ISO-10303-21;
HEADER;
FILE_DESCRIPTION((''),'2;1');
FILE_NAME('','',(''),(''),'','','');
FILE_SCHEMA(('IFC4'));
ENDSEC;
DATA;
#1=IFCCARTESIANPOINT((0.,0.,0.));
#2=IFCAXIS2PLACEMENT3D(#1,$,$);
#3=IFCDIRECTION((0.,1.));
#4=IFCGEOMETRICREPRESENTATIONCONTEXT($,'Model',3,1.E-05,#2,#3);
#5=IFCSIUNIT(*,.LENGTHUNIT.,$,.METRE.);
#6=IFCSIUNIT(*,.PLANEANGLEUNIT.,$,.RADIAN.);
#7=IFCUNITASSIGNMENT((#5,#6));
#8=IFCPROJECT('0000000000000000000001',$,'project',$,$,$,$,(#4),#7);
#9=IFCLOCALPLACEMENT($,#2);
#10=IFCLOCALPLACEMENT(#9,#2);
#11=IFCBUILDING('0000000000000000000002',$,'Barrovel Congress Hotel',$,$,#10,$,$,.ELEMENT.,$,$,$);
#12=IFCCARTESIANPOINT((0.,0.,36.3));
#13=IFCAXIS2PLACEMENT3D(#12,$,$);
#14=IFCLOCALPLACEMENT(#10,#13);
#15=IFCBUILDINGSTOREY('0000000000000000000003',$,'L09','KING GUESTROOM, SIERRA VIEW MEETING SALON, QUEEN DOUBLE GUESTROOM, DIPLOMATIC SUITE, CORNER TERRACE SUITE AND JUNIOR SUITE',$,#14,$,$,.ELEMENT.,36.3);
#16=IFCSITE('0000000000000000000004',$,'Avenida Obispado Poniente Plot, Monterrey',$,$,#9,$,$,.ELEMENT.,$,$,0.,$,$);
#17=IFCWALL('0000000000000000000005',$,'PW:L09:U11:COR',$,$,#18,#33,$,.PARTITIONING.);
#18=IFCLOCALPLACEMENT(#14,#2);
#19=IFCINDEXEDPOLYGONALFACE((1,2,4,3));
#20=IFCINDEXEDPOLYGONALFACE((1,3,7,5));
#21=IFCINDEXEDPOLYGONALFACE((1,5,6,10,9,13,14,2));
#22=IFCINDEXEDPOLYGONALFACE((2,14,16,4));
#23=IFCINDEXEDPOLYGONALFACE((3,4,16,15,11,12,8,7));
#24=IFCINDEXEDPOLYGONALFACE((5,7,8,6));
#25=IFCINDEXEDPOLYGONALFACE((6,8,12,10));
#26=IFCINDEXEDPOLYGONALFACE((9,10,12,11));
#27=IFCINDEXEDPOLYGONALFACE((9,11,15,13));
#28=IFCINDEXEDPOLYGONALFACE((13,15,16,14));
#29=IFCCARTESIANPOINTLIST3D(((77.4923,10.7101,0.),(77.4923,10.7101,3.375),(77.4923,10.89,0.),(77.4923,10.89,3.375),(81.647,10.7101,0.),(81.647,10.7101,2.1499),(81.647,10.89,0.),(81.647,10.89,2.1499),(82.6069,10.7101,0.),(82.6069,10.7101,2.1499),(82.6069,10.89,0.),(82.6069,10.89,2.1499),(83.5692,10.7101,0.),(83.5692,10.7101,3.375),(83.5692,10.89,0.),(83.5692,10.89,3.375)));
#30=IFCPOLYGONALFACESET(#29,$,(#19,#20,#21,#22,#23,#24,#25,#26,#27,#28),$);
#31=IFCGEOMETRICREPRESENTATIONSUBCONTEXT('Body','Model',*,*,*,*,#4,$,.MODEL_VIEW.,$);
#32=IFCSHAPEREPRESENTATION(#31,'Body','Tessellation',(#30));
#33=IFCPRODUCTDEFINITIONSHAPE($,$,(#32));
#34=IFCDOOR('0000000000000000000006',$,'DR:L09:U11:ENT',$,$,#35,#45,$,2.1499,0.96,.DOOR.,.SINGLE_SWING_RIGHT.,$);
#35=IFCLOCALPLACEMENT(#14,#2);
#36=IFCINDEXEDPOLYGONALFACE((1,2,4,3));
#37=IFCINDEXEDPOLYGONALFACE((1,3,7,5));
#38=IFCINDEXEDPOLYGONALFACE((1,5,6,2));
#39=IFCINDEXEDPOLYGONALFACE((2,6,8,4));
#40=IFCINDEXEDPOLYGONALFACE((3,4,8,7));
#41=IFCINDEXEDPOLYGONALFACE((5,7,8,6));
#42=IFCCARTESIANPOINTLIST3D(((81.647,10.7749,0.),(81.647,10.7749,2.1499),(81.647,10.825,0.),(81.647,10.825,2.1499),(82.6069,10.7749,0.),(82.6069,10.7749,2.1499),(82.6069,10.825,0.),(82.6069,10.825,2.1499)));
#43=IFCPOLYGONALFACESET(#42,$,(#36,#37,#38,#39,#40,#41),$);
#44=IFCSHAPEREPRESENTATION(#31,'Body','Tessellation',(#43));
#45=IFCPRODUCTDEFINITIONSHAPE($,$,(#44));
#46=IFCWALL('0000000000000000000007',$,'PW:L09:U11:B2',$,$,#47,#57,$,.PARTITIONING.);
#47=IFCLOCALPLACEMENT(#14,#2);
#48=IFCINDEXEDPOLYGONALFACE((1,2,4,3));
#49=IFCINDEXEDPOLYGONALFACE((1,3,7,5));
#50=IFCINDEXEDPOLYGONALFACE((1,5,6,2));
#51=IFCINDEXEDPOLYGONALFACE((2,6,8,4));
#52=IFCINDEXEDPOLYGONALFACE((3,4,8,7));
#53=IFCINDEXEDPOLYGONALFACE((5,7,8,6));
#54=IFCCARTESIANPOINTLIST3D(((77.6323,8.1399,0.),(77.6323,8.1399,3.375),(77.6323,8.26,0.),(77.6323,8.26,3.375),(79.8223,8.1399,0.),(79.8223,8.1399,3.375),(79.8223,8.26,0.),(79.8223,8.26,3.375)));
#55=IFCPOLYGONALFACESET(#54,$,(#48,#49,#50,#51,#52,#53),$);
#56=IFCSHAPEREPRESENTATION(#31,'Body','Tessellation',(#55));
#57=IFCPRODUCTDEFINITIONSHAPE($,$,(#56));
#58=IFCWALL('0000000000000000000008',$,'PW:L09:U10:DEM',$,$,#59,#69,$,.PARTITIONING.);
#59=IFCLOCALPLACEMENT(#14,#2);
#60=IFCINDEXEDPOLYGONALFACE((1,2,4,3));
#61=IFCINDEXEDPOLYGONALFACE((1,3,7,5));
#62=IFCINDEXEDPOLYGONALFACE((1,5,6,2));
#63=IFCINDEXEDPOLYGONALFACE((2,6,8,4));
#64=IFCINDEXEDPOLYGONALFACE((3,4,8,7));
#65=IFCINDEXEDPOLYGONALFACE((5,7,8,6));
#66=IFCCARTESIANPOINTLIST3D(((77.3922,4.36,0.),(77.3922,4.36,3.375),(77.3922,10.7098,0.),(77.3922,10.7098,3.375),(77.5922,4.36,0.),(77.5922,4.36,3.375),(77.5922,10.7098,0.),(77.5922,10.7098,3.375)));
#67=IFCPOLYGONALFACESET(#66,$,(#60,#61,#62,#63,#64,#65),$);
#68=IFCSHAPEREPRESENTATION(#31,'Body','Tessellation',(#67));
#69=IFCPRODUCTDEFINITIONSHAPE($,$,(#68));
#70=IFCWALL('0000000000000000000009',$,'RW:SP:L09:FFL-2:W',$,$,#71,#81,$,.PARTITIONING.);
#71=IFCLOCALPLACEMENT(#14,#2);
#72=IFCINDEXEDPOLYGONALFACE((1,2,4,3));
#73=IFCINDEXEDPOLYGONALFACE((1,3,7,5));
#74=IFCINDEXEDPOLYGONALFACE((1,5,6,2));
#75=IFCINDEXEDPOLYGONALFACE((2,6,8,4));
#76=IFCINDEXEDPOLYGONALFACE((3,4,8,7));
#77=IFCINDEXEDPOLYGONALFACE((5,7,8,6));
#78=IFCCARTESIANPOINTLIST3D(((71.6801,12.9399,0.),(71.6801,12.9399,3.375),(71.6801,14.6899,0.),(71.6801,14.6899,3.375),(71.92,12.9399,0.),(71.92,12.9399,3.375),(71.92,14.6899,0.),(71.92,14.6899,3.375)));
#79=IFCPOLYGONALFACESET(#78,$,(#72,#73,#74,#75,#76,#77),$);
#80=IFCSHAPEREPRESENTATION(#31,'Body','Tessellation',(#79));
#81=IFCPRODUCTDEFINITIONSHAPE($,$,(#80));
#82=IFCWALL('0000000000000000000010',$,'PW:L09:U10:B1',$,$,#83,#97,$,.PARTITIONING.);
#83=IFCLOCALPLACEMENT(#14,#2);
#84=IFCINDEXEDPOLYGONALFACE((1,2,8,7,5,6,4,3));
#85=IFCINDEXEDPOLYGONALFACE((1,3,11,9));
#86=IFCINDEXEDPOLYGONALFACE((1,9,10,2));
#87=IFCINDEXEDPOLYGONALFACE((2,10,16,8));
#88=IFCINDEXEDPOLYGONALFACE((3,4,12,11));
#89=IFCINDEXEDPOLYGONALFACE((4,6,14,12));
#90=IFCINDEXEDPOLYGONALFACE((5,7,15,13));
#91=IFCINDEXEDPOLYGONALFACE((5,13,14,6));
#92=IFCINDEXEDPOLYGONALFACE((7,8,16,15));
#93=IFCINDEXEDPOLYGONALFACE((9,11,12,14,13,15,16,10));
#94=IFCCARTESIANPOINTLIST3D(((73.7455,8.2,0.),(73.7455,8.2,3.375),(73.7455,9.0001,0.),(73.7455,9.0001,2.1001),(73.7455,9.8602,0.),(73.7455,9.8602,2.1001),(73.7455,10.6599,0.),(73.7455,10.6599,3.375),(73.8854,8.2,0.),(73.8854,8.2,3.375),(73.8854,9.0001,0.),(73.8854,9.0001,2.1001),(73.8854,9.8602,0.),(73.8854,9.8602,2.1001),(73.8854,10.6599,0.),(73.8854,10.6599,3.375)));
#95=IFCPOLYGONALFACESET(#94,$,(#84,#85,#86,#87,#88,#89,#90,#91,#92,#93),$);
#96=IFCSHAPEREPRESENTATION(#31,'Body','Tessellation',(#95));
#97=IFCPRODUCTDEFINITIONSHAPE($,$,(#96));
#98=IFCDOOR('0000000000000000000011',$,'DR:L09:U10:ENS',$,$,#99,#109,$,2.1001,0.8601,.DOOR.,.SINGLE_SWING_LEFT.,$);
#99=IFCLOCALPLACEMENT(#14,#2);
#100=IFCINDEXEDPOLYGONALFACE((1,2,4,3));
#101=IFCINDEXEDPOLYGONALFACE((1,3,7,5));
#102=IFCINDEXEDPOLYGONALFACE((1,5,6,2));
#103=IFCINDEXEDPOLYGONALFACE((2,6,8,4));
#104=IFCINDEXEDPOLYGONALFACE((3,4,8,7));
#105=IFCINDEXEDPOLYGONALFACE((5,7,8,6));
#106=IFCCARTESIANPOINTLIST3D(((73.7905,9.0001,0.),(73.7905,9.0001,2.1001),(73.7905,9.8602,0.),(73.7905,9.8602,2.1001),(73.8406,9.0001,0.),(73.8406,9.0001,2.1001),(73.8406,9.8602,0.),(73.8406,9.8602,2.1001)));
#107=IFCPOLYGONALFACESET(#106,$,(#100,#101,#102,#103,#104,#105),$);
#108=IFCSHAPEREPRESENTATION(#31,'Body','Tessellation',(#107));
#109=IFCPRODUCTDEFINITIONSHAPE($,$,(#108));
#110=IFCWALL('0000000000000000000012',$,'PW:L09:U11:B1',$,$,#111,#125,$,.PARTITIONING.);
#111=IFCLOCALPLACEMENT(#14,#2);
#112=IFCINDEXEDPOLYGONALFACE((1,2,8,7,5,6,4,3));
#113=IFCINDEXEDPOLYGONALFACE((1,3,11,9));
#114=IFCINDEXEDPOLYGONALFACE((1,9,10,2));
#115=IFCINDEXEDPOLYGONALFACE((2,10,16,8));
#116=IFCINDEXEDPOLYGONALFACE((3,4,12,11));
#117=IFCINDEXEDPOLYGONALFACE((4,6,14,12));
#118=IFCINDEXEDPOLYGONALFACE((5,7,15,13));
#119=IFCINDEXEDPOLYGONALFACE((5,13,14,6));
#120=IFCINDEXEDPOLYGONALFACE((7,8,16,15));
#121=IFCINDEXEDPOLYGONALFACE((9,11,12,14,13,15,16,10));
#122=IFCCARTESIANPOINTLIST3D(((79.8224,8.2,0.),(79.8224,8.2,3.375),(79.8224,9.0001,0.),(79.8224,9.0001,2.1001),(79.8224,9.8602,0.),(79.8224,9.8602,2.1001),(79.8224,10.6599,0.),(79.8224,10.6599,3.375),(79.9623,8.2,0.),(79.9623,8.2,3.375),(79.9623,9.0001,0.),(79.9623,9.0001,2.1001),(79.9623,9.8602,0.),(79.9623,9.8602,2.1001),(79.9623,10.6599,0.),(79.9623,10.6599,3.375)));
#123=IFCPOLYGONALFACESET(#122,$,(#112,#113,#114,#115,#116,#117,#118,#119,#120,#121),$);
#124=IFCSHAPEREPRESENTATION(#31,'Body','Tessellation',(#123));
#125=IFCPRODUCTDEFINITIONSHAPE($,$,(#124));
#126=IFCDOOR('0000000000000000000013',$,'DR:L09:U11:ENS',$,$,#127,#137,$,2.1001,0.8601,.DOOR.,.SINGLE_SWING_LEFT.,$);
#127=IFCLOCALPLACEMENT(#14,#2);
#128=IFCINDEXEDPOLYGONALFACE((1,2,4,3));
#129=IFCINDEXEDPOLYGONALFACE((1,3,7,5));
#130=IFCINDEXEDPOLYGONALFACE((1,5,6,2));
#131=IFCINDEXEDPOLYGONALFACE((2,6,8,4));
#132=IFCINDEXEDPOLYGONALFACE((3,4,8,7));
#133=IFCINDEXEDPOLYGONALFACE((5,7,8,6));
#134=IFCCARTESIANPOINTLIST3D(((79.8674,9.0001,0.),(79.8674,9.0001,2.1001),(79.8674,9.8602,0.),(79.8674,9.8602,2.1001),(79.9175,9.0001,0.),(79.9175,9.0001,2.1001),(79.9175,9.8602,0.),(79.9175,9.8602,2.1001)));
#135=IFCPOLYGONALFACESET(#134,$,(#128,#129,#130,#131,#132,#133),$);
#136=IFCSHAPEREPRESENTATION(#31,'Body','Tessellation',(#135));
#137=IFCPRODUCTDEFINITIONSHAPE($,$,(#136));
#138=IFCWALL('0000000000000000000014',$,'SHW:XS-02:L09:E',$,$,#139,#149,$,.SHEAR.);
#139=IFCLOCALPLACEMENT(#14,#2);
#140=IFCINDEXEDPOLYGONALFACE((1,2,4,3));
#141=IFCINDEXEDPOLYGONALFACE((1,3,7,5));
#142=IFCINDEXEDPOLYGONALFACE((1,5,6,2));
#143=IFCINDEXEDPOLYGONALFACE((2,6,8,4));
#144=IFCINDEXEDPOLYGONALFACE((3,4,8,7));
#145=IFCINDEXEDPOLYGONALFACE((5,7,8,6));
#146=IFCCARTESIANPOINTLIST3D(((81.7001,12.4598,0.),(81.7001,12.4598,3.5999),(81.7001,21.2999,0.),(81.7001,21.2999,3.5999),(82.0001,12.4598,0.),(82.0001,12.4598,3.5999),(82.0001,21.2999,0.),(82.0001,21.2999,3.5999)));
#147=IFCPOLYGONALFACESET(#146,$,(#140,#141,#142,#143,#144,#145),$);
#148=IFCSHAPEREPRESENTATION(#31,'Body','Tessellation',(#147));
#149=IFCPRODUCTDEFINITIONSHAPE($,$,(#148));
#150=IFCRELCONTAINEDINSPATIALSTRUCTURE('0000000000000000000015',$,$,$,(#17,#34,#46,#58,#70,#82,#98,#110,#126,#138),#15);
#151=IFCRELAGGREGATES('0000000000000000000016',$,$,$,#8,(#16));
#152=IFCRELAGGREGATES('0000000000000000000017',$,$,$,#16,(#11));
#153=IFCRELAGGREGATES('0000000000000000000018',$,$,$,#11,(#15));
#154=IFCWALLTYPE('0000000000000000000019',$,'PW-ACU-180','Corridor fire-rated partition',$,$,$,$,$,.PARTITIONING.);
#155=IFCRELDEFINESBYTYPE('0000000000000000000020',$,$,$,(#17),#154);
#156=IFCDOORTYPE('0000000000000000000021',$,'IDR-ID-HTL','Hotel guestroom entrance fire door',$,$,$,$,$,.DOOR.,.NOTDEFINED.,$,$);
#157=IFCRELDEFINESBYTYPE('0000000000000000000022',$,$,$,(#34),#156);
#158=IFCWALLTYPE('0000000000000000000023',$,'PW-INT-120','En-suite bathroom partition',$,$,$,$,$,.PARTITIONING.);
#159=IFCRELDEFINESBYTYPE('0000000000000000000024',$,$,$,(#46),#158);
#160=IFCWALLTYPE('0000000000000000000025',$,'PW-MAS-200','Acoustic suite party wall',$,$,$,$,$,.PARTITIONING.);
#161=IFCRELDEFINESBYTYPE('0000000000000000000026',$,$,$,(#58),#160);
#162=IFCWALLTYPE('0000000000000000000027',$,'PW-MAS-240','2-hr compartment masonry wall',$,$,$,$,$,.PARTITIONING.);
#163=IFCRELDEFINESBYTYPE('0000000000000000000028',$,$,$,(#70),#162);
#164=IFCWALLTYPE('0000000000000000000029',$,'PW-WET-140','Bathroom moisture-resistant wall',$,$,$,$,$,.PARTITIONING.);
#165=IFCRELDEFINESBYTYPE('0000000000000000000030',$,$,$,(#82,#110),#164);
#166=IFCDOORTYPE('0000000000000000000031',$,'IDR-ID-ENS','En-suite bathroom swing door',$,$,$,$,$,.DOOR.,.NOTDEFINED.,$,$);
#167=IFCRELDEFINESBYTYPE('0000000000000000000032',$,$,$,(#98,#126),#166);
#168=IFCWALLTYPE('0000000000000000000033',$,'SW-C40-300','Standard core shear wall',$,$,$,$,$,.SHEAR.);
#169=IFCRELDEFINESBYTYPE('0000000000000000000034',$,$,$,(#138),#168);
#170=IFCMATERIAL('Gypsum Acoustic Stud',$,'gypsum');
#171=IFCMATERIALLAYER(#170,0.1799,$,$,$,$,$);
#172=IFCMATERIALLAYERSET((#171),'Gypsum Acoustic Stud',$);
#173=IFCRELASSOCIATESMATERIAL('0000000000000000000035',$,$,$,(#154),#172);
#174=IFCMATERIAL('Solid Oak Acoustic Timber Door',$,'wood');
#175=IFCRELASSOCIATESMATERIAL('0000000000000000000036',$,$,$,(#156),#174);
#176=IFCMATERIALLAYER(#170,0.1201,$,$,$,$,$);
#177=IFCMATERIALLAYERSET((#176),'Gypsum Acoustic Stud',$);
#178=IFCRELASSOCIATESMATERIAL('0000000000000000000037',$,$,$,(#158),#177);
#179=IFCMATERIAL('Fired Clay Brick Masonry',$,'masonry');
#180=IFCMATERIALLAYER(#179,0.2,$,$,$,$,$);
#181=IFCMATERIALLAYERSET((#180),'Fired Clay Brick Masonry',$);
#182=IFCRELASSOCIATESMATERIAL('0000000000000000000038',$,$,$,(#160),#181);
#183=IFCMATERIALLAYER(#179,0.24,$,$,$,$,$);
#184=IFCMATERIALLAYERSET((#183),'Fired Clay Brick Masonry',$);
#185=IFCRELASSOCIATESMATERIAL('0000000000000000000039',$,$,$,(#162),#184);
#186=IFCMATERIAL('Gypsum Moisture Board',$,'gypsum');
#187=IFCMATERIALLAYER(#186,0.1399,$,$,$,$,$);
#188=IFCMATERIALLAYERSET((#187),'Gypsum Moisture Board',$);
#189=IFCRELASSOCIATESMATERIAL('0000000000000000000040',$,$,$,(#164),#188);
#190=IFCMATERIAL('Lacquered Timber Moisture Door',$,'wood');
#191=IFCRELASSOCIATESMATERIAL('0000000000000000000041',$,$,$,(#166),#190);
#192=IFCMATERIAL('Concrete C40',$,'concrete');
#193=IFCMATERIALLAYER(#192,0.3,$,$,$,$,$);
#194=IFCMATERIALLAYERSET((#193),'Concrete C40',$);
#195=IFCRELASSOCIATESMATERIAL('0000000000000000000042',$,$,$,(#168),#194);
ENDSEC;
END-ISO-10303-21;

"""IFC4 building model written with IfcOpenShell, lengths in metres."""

from ifc_helpers import new_model, si_unit, direction, frame, frame_2d, origin, place, context, subcontext, project, spatial, rectangle, extrude, material, layer, layer_set, type_object, element, fill, save


model = new_model("IFC4")

# Units and contexts
model_context = context("Model", 3, precision=1e-05, world=origin(), true_north=direction((0.0, 1.0)))
body_context = subcontext(model_context, "Body", "Model", "MODEL_VIEW")
ifc_project = project(units=[si_unit("LENGTHUNIT", "METRE"), si_unit("PLANEANGLEUNIT", "RADIAN")], contexts=[model_context])

# Site, building, storey
site_placement = place(None, origin())
site = spatial("IfcSite", under=ifc_project, at=site_placement, Name="Avenida Obispado Poniente Plot, Monterrey", CompositionType="ELEMENT", RefElevation=0.0)
building_placement = place(site_placement, origin())
building = spatial("IfcBuilding", under=site, at=building_placement, Name="Barrovel Congress Hotel", CompositionType="ELEMENT")
storey_placement = place(building_placement, frame((0.0, 0.0, 36.3)))
storey = spatial("IfcBuildingStorey", under=building, at=storey_placement, Name="L09", Description="KING GUESTROOM, SIERRA VIEW MEETING SALON, QUEEN DOUBLE GUESTROOM, DIPLOMATIC SUITE, CORNER TERRACE SUITE AND JUNIOR SUITE", CompositionType="ELEMENT", Elevation=36.3)

# Shared definitions
ifc_material_1 = material(Name="Concrete C40", Category="concrete")

# Shared definitions
ifc_material_2 = material(Name="Fired Clay Brick Masonry", Category="masonry")

# Wall, opening, door
ifc_material_3 = material(Name="Gypsum Acoustic Stud", Category="gypsum")
ifc_layer_1 = layer(ifc_material_3, 0.1799)
ifc_layer_set_1 = layer_set([ifc_layer_1], Name="Gypsum Acoustic Stud")
wall_type_1 = type_object("IfcWallType", Name="PW-ACU-180", Description="Corridor fire-rated partition", PredefinedType="PARTITIONING", material=ifc_layer_set_1)
wall_1_placement = place(storey_placement, frame((77.4922, 10.8, 0.0), z_axis=(0.0, 0.0, 1.0), x_axis=(1.0, 0.0, 0.0)))
wall_1 = element("IfcWall", 1, at=wall_1_placement, inside=storey, type_object=wall_type_1, Name="PW:L09:U11:COR", PredefinedType="PARTITIONING", context=body_context, shape_type="SweptSolid", body=[
    extrude(rectangle(XDim=6.0769, YDim=0.1799, at=frame_2d((3.0386, 0.0))), origin(), (0.0, 0.0, 1.0), 3.375),
])
opening_1_placement = place(wall_1_placement, frame((4.1548, 0.0, 0.0)))
opening_1 = element("IfcOpeningElement", 2, at=opening_1_placement, cuts=wall_1, PredefinedType="OPENING", context=body_context, shape_type="SweptSolid", body=[
    extrude(rectangle(XDim=0.96, YDim=2.1499, at=frame_2d((0.48, 1.075))), frame((0.0, 0.1001, 0.0), z_axis=(0.0, -1.0, 0.0), x_axis=(1.0, 0.0, 0.0)), (0.0, 0.0, 1.0), 0.2),
])
ifc_material_4 = material(Name="Solid Oak Acoustic Timber Door", Category="wood")
door_type_1 = type_object("IfcDoorType", Name="IDR-ID-HTL", Description="Hotel guestroom entrance fire door", OperationType="NOTDEFINED", PredefinedType="DOOR", material=ifc_material_4)
door_1_placement = place(opening_1_placement, origin())
door_1 = element("IfcDoor", 3, at=door_1_placement, inside=storey, type_object=door_type_1, Name="DR:L09:U11:ENT", OperationType="SINGLE_SWING_RIGHT", OverallHeight=2.1499, OverallWidth=0.96, PredefinedType="DOOR", context=body_context, shape_type="SweptSolid", body=[
    extrude(rectangle(XDim=0.96, YDim=2.1499, at=frame_2d((0.48, 1.075))), frame((0.0, 0.0249, 0.0), z_axis=(0.0, -1.0, 0.0), x_axis=(1.0, 0.0, 0.0)), (0.0, 0.0, 1.0), 0.05),
])
fill(opening_1, door_1)

# Walls
ifc_layer_2 = layer(ifc_material_3, 0.1201)
ifc_layer_set_2 = layer_set([ifc_layer_2], Name="Gypsum Acoustic Stud")
wall_type_2 = type_object("IfcWallType", Name="PW-INT-120", Description="En-suite bathroom partition", PredefinedType="PARTITIONING", material=ifc_layer_set_2)
wall_2_placement = place(storey_placement, frame((77.6323, 8.2, 0.0), z_axis=(0.0, 0.0, 1.0), x_axis=(1.0, 0.0, 0.0)))
element("IfcWall", 4, at=wall_2_placement, inside=storey, type_object=wall_type_2, Name="PW:L09:U11:B2", PredefinedType="PARTITIONING", context=body_context, shape_type="SweptSolid", body=[
    extrude(rectangle(XDim=2.1899, YDim=0.1201, at=frame_2d((1.095, 0.0))), origin(), (0.0, 0.0, 1.0), 3.375),
])
ifc_layer_3 = layer(ifc_material_2, 0.2)
ifc_layer_set_3 = layer_set([ifc_layer_3], Name="Fired Clay Brick Masonry")
wall_type_3 = type_object("IfcWallType", Name="PW-MAS-200", Description="Acoustic suite party wall", PredefinedType="PARTITIONING", material=ifc_layer_set_3)
wall_3_placement = place(storey_placement, frame((77.4922, 4.3601, 0.0), z_axis=(0.0, 0.0, 1.0), x_axis=(0.0, 1.0, 0.0)))
element("IfcWall", 5, at=wall_3_placement, inside=storey, type_object=wall_type_3, Name="PW:L09:U10:DEM", PredefinedType="PARTITIONING", context=body_context, shape_type="SweptSolid", body=[
    extrude(rectangle(XDim=6.3499, YDim=0.2, at=frame_2d((3.1748, 0.0))), origin(), (0.0, 0.0, 1.0), 3.375),
])

# Shared definitions
ifc_layer_4 = layer(ifc_material_2, 0.24)
ifc_layer_set_4 = layer_set([ifc_layer_4], Name="Fired Clay Brick Masonry")
wall_type_4 = type_object("IfcWallType", Name="PW-MAS-240", Description="2-hr compartment masonry wall", PredefinedType="PARTITIONING", material=ifc_layer_set_4)

# Wall
wall_4_placement = place(storey_placement, frame((71.8, 12.9399, 0.0), z_axis=(0.0, 0.0, 1.0), x_axis=(0.0, 1.0, 0.0)))
element("IfcWall", 6, at=wall_4_placement, inside=storey, type_object=wall_type_4, Name="RW:SP:L09:FFL-2:W", PredefinedType="PARTITIONING", context=body_context, shape_type="SweptSolid", body=[
    extrude(rectangle(XDim=1.75, YDim=0.24, at=frame_2d((0.875, 0.0))), origin(), (0.0, 0.0, 1.0), 3.375),
])

# Walls, openings, doors
ifc_material_5 = material(Name="Gypsum Moisture Board", Category="gypsum")
ifc_layer_5 = layer(ifc_material_5, 0.1399)
ifc_layer_set_5 = layer_set([ifc_layer_5], Name="Gypsum Moisture Board")
wall_type_5 = type_object("IfcWallType", Name="PW-WET-140", Description="Bathroom moisture-resistant wall", PredefinedType="PARTITIONING", material=ifc_layer_set_5)
wall_5_placement = place(storey_placement, frame((73.8154, 8.2, 0.0), z_axis=(0.0, 0.0, 1.0), x_axis=(0.0, 1.0, 0.0)))
wall_5 = element("IfcWall", 7, at=wall_5_placement, inside=storey, type_object=wall_type_5, Name="PW:L09:U10:B1", PredefinedType="PARTITIONING", context=body_context, shape_type="SweptSolid", body=[
    extrude(rectangle(XDim=2.46, YDim=0.1399, at=frame_2d((1.23, 0.0))), origin(), (0.0, 0.0, 1.0), 3.375),
])
opening_2_placement = place(wall_5_placement, frame((0.8, 0.0, 0.0)))
opening_2 = element("IfcOpeningElement", 8, at=opening_2_placement, cuts=wall_5, PredefinedType="OPENING", context=body_context, shape_type="SweptSolid", body=[
    extrude(rectangle(XDim=0.8601, YDim=2.1001, at=frame_2d((0.4302, 1.05))), frame((0.0, 0.0801, 0.0), z_axis=(0.0, -1.0, 0.0), x_axis=(1.0, 0.0, 0.0)), (0.0, 0.0, 1.0), 0.1599),
])
ifc_material_6 = material(Name="Lacquered Timber Moisture Door", Category="wood")
door_type_2 = type_object("IfcDoorType", Name="IDR-ID-ENS", Description="En-suite bathroom swing door", OperationType="NOTDEFINED", PredefinedType="DOOR", material=ifc_material_6)
door_2_placement = place(opening_2_placement, origin())
door_2 = element("IfcDoor", 9, at=door_2_placement, inside=storey, type_object=door_type_2, Name="DR:L09:U10:ENS", OperationType="SINGLE_SWING_LEFT", OverallHeight=2.1001, OverallWidth=0.8601, PredefinedType="DOOR", context=body_context, shape_type="SweptSolid", body=[
    extrude(rectangle(XDim=0.8601, YDim=2.1001, at=frame_2d((0.4302, 1.05))), frame((0.0, 0.0249, 0.0), z_axis=(0.0, -1.0, 0.0), x_axis=(1.0, 0.0, 0.0)), (0.0, 0.0, 1.0), 0.05),
])
fill(opening_2, door_2)
wall_6_placement = place(storey_placement, frame((79.8923, 8.2, 0.0), z_axis=(0.0, 0.0, 1.0), x_axis=(0.0, 1.0, 0.0)))
wall_6 = element("IfcWall", 10, at=wall_6_placement, inside=storey, type_object=wall_type_5, Name="PW:L09:U11:B1", PredefinedType="PARTITIONING", context=body_context, shape_type="SweptSolid", body=[
    extrude(rectangle(XDim=2.46, YDim=0.1399, at=frame_2d((1.23, 0.0))), origin(), (0.0, 0.0, 1.0), 3.375),
])
opening_3_placement = place(wall_6_placement, frame((0.8, 0.0, 0.0)))
opening_3 = element("IfcOpeningElement", 11, at=opening_3_placement, cuts=wall_6, PredefinedType="OPENING", context=body_context, shape_type="SweptSolid", body=[
    extrude(rectangle(XDim=0.8601, YDim=2.1001, at=frame_2d((0.4302, 1.05))), frame((0.0, 0.0801, 0.0), z_axis=(0.0, -1.0, 0.0), x_axis=(1.0, 0.0, 0.0)), (0.0, 0.0, 1.0), 0.1599),
])
door_3_placement = place(opening_3_placement, origin())
door_3 = element("IfcDoor", 12, at=door_3_placement, inside=storey, type_object=door_type_2, Name="DR:L09:U11:ENS", OperationType="SINGLE_SWING_LEFT", OverallHeight=2.1001, OverallWidth=0.8601, PredefinedType="DOOR", context=body_context, shape_type="SweptSolid", body=[
    extrude(rectangle(XDim=0.8601, YDim=2.1001, at=frame_2d((0.4302, 1.05))), frame((0.0, 0.0249, 0.0), z_axis=(0.0, -1.0, 0.0), x_axis=(1.0, 0.0, 0.0)), (0.0, 0.0, 1.0), 0.05),
])
fill(opening_3, door_3)
ifc_layer_6 = layer(ifc_material_1, 0.3)
ifc_layer_set_6 = layer_set([ifc_layer_6], Name="Concrete C40")
wall_type_6 = type_object("IfcWallType", Name="SW-C40-300", Description="Standard core shear wall", PredefinedType="SHEAR", material=ifc_layer_set_6)

# Wall
wall_7_placement = place(storey_placement, frame((81.8501, 12.46, 0.0), z_axis=(0.0, 0.0, 1.0), x_axis=(0.0, 1.0, 0.0)))
element("IfcWall", 13, at=wall_7_placement, inside=storey, type_object=wall_type_6, Name="SHW:XS-02:L09:E", PredefinedType="SHEAR", context=body_context, shape_type="SweptSolid", body=[
    extrude(rectangle(XDim=8.8401, YDim=0.3, at=frame_2d((4.4199, 0.0))), origin(), (0.0, 0.0, 1.0), 3.5999),
])

save(model, "model.ifc")
